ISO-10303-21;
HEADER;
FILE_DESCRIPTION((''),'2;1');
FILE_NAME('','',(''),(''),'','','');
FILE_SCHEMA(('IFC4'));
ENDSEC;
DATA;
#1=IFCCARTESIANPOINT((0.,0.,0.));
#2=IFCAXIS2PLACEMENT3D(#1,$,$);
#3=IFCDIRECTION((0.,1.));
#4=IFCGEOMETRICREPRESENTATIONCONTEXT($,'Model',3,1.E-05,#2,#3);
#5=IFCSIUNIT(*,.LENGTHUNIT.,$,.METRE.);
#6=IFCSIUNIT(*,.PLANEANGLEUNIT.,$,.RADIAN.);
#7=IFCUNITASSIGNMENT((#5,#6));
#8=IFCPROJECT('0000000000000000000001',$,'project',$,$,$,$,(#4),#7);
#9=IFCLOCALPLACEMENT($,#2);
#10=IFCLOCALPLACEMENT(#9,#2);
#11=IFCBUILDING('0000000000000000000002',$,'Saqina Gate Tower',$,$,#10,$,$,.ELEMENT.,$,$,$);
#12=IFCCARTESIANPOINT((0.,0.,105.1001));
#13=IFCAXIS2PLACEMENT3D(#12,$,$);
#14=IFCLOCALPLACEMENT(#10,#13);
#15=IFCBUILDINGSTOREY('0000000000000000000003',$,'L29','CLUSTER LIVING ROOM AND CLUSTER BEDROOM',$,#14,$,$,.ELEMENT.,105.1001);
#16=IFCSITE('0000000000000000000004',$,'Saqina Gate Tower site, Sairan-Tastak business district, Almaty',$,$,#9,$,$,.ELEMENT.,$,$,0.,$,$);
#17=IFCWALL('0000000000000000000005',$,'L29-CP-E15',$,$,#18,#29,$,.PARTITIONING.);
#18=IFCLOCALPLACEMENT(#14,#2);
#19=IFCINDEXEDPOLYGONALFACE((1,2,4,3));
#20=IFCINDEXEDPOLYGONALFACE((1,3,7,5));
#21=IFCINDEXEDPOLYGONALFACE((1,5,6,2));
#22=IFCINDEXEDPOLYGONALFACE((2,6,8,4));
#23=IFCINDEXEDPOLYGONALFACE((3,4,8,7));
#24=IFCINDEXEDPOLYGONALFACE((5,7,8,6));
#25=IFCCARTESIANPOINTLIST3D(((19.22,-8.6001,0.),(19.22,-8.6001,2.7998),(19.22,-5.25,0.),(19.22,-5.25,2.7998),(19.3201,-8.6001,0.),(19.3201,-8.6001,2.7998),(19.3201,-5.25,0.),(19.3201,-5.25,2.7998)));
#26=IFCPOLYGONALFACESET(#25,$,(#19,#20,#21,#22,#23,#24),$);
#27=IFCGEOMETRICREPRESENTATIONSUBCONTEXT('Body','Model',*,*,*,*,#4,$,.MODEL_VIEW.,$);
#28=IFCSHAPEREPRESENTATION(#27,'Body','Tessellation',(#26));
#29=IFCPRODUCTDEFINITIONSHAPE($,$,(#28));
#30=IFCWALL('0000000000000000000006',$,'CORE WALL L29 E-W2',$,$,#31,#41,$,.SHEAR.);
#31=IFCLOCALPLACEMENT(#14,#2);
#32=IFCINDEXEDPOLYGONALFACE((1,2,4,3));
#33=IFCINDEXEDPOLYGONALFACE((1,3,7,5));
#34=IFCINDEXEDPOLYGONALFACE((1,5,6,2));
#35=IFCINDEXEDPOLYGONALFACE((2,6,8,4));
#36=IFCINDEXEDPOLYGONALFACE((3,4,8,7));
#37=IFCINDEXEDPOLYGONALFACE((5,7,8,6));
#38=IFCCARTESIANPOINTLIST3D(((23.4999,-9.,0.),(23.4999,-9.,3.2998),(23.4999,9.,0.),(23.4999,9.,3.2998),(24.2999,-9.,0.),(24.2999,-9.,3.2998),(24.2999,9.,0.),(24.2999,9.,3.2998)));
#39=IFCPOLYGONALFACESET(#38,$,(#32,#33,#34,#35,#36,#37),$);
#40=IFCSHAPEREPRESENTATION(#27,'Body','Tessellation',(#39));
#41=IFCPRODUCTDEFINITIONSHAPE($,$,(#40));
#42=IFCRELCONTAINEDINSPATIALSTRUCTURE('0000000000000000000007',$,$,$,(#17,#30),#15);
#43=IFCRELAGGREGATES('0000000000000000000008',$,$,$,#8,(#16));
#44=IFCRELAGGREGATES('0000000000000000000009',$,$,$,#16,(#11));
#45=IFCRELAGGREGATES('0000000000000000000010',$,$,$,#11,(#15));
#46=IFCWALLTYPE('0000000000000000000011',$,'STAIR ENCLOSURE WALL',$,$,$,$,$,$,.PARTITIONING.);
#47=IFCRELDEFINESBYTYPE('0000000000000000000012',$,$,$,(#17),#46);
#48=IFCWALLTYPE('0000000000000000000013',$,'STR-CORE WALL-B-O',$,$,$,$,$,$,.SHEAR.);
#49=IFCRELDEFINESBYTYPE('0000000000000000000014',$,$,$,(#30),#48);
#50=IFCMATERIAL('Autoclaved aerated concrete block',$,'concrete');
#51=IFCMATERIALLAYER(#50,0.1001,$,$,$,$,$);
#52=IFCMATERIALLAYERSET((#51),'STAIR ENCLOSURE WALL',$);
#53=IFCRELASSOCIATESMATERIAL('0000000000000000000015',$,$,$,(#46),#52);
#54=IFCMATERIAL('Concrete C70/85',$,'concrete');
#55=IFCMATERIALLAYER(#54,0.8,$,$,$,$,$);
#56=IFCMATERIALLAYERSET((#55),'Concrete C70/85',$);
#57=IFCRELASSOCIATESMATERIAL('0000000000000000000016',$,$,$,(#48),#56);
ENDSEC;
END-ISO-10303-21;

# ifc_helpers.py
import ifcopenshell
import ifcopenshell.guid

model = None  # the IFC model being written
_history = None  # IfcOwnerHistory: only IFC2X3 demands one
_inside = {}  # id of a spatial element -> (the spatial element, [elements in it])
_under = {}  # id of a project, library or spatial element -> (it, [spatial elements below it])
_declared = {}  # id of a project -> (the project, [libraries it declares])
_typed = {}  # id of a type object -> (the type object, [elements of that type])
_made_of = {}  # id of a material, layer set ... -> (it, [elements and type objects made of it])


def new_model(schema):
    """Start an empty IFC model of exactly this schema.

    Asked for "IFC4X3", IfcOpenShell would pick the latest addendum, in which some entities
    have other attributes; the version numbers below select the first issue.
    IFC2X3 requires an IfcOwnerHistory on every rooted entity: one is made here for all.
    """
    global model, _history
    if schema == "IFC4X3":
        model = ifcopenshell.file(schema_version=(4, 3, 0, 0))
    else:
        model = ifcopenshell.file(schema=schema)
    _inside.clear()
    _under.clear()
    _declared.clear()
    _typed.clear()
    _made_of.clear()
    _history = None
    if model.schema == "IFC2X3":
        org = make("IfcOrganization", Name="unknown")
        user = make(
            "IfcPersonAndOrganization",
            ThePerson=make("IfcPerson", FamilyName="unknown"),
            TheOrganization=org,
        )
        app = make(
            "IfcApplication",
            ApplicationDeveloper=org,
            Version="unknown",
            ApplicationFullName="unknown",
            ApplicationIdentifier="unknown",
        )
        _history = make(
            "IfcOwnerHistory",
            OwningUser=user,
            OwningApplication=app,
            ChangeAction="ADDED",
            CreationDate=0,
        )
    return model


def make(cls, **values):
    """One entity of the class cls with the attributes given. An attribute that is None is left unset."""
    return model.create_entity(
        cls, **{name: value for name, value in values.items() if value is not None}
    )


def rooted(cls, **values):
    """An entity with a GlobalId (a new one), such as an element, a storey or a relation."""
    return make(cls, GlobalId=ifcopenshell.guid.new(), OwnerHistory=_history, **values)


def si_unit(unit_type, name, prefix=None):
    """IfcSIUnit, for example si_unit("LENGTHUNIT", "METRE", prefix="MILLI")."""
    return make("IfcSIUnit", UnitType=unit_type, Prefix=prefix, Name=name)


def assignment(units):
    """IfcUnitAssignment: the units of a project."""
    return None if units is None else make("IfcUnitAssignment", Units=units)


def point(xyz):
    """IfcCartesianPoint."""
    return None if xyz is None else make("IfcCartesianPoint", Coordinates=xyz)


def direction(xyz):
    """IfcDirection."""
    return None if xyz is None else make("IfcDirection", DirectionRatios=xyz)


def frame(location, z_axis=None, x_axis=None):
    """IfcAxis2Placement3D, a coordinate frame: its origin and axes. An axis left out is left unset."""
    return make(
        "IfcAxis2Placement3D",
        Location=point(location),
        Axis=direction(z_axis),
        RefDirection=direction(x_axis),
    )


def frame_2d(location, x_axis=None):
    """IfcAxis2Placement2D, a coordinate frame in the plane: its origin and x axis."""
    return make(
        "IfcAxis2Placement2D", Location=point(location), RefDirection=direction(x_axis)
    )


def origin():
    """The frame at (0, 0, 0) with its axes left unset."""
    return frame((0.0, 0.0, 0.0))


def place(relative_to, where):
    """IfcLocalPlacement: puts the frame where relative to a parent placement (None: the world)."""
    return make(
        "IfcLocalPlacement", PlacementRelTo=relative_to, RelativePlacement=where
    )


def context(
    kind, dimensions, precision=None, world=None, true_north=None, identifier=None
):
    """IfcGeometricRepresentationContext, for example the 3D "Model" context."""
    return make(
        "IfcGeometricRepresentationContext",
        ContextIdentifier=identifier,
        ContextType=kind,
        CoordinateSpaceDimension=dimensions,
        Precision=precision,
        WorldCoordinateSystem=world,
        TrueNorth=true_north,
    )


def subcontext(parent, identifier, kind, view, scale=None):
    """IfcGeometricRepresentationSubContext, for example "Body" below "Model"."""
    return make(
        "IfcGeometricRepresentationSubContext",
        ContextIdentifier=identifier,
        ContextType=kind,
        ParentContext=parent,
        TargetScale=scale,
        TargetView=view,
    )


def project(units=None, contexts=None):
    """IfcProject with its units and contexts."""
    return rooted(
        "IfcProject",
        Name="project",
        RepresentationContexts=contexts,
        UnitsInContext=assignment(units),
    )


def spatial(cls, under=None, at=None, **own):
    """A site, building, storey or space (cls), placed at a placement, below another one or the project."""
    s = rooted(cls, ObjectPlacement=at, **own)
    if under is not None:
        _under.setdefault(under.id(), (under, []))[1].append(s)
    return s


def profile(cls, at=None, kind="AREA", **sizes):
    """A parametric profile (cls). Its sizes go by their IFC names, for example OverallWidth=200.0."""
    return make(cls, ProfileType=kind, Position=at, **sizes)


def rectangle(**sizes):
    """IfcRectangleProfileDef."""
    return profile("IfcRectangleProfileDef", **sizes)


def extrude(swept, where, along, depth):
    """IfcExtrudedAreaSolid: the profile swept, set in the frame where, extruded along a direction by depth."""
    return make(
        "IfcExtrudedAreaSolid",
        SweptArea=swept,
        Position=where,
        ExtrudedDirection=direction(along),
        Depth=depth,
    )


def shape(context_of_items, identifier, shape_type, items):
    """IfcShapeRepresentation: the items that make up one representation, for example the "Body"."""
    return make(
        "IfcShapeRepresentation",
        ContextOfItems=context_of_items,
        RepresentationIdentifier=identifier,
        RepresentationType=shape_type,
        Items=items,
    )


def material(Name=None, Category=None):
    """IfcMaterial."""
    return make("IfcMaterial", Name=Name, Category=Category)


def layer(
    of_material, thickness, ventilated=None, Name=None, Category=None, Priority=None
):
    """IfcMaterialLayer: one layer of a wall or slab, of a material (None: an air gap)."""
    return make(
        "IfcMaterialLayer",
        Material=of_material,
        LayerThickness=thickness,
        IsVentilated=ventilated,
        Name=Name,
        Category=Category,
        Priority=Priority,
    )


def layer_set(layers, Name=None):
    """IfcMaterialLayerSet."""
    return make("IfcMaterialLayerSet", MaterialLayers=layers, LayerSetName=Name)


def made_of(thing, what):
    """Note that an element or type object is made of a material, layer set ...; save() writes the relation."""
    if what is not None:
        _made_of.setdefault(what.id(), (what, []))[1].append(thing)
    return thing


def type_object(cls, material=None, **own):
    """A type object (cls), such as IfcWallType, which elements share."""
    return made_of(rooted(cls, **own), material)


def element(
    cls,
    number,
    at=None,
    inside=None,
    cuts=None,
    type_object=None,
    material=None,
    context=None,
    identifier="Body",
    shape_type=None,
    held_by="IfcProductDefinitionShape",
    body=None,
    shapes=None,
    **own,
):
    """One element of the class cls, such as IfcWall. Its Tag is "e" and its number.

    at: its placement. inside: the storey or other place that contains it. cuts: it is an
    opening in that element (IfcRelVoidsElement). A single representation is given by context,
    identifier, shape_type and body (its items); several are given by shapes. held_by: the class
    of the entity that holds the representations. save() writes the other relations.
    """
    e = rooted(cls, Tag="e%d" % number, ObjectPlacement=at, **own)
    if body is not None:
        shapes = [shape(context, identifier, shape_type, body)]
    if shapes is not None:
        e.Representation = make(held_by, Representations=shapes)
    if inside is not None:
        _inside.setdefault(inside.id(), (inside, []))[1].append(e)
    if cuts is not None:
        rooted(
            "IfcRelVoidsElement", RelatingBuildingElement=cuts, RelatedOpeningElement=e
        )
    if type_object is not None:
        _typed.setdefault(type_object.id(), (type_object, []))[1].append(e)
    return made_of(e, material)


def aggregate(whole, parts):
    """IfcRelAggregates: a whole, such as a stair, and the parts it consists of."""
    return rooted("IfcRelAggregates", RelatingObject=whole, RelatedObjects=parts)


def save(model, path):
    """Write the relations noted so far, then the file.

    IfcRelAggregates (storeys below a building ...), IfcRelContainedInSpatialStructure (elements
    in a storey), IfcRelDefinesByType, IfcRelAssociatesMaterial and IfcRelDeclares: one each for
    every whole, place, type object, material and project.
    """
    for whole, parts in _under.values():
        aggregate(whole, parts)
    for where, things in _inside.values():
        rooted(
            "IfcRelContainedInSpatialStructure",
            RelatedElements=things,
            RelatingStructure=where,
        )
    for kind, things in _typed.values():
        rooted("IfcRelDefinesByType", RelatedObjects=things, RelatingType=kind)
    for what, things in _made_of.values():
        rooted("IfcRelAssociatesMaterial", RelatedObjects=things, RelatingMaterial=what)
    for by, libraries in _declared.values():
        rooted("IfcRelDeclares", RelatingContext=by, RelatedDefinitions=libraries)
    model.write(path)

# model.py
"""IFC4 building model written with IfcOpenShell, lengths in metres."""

from ifc_helpers import new_model, si_unit, direction, frame, frame_2d, origin, place, context, subcontext, project, spatial, rectangle, extrude, material, layer, layer_set, type_object, element, save


model = new_model("IFC4")

# Units and contexts
model_context = context("Model", 3, precision=1e-05, world=origin(), true_north=direction((0.0, 1.0)))
body_context = subcontext(model_context, "Body", "Model", "MODEL_VIEW")
ifc_project = project(units=[si_unit("LENGTHUNIT", "METRE"), si_unit("PLANEANGLEUNIT", "RADIAN")], contexts=[model_context])

# Site, building, storey
site_placement = place(None, origin())
site = spatial("IfcSite", under=ifc_project, at=site_placement, Name="Saqina Gate Tower site, Sairan-Tastak business district, Almaty", CompositionType="ELEMENT", RefElevation=0.0)
building_placement = place(site_placement, origin())
building = spatial("IfcBuilding", under=site, at=building_placement, Name="Saqina Gate Tower", CompositionType="ELEMENT")
storey_placement = place(building_placement, frame((0.0, 0.0, 105.1001)))
storey = spatial("IfcBuildingStorey", under=building, at=storey_placement, Name="L29", Description="CLUSTER LIVING ROOM AND CLUSTER BEDROOM", CompositionType="ELEMENT", Elevation=105.1001)

# Walls
ifc_material_1 = material(Name="Autoclaved aerated concrete block", Category="concrete")
ifc_layer_1 = layer(ifc_material_1, 0.1001)
ifc_layer_set_1 = layer_set([ifc_layer_1], Name="STAIR ENCLOSURE WALL")
wall_type_1 = type_object("IfcWallType", Name="STAIR ENCLOSURE WALL", PredefinedType="PARTITIONING", material=ifc_layer_set_1)
wall_1_placement = place(storey_placement, frame((19.27, -8.6001, 0.0), z_axis=(0.0, 0.0, 1.0), x_axis=(0.0, 1.0, 0.0)))
element("IfcWall", 1, at=wall_1_placement, inside=storey, type_object=wall_type_1, Name="L29-CP-E15", PredefinedType="PARTITIONING", context=body_context, shape_type="SweptSolid", body=[
    extrude(rectangle(XDim=3.3501, YDim=0.1001, at=frame_2d((1.675, 0.0))), origin(), (0.0, 0.0, 1.0), 2.7998),
])
ifc_material_2 = material(Name="Concrete C70/85", Category="concrete")
ifc_layer_2 = layer(ifc_material_2, 0.8)
ifc_layer_set_2 = layer_set([ifc_layer_2], Name="Concrete C70/85")
wall_type_2 = type_object("IfcWallType", Name="STR-CORE WALL-B-O", PredefinedType="SHEAR", material=ifc_layer_set_2)
wall_2_placement = place(storey_placement, frame((23.8999, -9.0, 0.0), z_axis=(0.0, 0.0, 1.0), x_axis=(0.0, 1.0, 0.0)))
element("IfcWall", 2, at=wall_2_placement, inside=storey, type_object=wall_type_2, Name="CORE WALL L29 E-W2", PredefinedType="SHEAR", context=body_context, shape_type="SweptSolid", body=[
    extrude(rectangle(XDim=18.0, YDim=0.8, at=frame_2d((9.0, 0.0))), origin(), (0.0, 0.0, 1.0), 3.2998),
])

save(model, "model.ifc")
